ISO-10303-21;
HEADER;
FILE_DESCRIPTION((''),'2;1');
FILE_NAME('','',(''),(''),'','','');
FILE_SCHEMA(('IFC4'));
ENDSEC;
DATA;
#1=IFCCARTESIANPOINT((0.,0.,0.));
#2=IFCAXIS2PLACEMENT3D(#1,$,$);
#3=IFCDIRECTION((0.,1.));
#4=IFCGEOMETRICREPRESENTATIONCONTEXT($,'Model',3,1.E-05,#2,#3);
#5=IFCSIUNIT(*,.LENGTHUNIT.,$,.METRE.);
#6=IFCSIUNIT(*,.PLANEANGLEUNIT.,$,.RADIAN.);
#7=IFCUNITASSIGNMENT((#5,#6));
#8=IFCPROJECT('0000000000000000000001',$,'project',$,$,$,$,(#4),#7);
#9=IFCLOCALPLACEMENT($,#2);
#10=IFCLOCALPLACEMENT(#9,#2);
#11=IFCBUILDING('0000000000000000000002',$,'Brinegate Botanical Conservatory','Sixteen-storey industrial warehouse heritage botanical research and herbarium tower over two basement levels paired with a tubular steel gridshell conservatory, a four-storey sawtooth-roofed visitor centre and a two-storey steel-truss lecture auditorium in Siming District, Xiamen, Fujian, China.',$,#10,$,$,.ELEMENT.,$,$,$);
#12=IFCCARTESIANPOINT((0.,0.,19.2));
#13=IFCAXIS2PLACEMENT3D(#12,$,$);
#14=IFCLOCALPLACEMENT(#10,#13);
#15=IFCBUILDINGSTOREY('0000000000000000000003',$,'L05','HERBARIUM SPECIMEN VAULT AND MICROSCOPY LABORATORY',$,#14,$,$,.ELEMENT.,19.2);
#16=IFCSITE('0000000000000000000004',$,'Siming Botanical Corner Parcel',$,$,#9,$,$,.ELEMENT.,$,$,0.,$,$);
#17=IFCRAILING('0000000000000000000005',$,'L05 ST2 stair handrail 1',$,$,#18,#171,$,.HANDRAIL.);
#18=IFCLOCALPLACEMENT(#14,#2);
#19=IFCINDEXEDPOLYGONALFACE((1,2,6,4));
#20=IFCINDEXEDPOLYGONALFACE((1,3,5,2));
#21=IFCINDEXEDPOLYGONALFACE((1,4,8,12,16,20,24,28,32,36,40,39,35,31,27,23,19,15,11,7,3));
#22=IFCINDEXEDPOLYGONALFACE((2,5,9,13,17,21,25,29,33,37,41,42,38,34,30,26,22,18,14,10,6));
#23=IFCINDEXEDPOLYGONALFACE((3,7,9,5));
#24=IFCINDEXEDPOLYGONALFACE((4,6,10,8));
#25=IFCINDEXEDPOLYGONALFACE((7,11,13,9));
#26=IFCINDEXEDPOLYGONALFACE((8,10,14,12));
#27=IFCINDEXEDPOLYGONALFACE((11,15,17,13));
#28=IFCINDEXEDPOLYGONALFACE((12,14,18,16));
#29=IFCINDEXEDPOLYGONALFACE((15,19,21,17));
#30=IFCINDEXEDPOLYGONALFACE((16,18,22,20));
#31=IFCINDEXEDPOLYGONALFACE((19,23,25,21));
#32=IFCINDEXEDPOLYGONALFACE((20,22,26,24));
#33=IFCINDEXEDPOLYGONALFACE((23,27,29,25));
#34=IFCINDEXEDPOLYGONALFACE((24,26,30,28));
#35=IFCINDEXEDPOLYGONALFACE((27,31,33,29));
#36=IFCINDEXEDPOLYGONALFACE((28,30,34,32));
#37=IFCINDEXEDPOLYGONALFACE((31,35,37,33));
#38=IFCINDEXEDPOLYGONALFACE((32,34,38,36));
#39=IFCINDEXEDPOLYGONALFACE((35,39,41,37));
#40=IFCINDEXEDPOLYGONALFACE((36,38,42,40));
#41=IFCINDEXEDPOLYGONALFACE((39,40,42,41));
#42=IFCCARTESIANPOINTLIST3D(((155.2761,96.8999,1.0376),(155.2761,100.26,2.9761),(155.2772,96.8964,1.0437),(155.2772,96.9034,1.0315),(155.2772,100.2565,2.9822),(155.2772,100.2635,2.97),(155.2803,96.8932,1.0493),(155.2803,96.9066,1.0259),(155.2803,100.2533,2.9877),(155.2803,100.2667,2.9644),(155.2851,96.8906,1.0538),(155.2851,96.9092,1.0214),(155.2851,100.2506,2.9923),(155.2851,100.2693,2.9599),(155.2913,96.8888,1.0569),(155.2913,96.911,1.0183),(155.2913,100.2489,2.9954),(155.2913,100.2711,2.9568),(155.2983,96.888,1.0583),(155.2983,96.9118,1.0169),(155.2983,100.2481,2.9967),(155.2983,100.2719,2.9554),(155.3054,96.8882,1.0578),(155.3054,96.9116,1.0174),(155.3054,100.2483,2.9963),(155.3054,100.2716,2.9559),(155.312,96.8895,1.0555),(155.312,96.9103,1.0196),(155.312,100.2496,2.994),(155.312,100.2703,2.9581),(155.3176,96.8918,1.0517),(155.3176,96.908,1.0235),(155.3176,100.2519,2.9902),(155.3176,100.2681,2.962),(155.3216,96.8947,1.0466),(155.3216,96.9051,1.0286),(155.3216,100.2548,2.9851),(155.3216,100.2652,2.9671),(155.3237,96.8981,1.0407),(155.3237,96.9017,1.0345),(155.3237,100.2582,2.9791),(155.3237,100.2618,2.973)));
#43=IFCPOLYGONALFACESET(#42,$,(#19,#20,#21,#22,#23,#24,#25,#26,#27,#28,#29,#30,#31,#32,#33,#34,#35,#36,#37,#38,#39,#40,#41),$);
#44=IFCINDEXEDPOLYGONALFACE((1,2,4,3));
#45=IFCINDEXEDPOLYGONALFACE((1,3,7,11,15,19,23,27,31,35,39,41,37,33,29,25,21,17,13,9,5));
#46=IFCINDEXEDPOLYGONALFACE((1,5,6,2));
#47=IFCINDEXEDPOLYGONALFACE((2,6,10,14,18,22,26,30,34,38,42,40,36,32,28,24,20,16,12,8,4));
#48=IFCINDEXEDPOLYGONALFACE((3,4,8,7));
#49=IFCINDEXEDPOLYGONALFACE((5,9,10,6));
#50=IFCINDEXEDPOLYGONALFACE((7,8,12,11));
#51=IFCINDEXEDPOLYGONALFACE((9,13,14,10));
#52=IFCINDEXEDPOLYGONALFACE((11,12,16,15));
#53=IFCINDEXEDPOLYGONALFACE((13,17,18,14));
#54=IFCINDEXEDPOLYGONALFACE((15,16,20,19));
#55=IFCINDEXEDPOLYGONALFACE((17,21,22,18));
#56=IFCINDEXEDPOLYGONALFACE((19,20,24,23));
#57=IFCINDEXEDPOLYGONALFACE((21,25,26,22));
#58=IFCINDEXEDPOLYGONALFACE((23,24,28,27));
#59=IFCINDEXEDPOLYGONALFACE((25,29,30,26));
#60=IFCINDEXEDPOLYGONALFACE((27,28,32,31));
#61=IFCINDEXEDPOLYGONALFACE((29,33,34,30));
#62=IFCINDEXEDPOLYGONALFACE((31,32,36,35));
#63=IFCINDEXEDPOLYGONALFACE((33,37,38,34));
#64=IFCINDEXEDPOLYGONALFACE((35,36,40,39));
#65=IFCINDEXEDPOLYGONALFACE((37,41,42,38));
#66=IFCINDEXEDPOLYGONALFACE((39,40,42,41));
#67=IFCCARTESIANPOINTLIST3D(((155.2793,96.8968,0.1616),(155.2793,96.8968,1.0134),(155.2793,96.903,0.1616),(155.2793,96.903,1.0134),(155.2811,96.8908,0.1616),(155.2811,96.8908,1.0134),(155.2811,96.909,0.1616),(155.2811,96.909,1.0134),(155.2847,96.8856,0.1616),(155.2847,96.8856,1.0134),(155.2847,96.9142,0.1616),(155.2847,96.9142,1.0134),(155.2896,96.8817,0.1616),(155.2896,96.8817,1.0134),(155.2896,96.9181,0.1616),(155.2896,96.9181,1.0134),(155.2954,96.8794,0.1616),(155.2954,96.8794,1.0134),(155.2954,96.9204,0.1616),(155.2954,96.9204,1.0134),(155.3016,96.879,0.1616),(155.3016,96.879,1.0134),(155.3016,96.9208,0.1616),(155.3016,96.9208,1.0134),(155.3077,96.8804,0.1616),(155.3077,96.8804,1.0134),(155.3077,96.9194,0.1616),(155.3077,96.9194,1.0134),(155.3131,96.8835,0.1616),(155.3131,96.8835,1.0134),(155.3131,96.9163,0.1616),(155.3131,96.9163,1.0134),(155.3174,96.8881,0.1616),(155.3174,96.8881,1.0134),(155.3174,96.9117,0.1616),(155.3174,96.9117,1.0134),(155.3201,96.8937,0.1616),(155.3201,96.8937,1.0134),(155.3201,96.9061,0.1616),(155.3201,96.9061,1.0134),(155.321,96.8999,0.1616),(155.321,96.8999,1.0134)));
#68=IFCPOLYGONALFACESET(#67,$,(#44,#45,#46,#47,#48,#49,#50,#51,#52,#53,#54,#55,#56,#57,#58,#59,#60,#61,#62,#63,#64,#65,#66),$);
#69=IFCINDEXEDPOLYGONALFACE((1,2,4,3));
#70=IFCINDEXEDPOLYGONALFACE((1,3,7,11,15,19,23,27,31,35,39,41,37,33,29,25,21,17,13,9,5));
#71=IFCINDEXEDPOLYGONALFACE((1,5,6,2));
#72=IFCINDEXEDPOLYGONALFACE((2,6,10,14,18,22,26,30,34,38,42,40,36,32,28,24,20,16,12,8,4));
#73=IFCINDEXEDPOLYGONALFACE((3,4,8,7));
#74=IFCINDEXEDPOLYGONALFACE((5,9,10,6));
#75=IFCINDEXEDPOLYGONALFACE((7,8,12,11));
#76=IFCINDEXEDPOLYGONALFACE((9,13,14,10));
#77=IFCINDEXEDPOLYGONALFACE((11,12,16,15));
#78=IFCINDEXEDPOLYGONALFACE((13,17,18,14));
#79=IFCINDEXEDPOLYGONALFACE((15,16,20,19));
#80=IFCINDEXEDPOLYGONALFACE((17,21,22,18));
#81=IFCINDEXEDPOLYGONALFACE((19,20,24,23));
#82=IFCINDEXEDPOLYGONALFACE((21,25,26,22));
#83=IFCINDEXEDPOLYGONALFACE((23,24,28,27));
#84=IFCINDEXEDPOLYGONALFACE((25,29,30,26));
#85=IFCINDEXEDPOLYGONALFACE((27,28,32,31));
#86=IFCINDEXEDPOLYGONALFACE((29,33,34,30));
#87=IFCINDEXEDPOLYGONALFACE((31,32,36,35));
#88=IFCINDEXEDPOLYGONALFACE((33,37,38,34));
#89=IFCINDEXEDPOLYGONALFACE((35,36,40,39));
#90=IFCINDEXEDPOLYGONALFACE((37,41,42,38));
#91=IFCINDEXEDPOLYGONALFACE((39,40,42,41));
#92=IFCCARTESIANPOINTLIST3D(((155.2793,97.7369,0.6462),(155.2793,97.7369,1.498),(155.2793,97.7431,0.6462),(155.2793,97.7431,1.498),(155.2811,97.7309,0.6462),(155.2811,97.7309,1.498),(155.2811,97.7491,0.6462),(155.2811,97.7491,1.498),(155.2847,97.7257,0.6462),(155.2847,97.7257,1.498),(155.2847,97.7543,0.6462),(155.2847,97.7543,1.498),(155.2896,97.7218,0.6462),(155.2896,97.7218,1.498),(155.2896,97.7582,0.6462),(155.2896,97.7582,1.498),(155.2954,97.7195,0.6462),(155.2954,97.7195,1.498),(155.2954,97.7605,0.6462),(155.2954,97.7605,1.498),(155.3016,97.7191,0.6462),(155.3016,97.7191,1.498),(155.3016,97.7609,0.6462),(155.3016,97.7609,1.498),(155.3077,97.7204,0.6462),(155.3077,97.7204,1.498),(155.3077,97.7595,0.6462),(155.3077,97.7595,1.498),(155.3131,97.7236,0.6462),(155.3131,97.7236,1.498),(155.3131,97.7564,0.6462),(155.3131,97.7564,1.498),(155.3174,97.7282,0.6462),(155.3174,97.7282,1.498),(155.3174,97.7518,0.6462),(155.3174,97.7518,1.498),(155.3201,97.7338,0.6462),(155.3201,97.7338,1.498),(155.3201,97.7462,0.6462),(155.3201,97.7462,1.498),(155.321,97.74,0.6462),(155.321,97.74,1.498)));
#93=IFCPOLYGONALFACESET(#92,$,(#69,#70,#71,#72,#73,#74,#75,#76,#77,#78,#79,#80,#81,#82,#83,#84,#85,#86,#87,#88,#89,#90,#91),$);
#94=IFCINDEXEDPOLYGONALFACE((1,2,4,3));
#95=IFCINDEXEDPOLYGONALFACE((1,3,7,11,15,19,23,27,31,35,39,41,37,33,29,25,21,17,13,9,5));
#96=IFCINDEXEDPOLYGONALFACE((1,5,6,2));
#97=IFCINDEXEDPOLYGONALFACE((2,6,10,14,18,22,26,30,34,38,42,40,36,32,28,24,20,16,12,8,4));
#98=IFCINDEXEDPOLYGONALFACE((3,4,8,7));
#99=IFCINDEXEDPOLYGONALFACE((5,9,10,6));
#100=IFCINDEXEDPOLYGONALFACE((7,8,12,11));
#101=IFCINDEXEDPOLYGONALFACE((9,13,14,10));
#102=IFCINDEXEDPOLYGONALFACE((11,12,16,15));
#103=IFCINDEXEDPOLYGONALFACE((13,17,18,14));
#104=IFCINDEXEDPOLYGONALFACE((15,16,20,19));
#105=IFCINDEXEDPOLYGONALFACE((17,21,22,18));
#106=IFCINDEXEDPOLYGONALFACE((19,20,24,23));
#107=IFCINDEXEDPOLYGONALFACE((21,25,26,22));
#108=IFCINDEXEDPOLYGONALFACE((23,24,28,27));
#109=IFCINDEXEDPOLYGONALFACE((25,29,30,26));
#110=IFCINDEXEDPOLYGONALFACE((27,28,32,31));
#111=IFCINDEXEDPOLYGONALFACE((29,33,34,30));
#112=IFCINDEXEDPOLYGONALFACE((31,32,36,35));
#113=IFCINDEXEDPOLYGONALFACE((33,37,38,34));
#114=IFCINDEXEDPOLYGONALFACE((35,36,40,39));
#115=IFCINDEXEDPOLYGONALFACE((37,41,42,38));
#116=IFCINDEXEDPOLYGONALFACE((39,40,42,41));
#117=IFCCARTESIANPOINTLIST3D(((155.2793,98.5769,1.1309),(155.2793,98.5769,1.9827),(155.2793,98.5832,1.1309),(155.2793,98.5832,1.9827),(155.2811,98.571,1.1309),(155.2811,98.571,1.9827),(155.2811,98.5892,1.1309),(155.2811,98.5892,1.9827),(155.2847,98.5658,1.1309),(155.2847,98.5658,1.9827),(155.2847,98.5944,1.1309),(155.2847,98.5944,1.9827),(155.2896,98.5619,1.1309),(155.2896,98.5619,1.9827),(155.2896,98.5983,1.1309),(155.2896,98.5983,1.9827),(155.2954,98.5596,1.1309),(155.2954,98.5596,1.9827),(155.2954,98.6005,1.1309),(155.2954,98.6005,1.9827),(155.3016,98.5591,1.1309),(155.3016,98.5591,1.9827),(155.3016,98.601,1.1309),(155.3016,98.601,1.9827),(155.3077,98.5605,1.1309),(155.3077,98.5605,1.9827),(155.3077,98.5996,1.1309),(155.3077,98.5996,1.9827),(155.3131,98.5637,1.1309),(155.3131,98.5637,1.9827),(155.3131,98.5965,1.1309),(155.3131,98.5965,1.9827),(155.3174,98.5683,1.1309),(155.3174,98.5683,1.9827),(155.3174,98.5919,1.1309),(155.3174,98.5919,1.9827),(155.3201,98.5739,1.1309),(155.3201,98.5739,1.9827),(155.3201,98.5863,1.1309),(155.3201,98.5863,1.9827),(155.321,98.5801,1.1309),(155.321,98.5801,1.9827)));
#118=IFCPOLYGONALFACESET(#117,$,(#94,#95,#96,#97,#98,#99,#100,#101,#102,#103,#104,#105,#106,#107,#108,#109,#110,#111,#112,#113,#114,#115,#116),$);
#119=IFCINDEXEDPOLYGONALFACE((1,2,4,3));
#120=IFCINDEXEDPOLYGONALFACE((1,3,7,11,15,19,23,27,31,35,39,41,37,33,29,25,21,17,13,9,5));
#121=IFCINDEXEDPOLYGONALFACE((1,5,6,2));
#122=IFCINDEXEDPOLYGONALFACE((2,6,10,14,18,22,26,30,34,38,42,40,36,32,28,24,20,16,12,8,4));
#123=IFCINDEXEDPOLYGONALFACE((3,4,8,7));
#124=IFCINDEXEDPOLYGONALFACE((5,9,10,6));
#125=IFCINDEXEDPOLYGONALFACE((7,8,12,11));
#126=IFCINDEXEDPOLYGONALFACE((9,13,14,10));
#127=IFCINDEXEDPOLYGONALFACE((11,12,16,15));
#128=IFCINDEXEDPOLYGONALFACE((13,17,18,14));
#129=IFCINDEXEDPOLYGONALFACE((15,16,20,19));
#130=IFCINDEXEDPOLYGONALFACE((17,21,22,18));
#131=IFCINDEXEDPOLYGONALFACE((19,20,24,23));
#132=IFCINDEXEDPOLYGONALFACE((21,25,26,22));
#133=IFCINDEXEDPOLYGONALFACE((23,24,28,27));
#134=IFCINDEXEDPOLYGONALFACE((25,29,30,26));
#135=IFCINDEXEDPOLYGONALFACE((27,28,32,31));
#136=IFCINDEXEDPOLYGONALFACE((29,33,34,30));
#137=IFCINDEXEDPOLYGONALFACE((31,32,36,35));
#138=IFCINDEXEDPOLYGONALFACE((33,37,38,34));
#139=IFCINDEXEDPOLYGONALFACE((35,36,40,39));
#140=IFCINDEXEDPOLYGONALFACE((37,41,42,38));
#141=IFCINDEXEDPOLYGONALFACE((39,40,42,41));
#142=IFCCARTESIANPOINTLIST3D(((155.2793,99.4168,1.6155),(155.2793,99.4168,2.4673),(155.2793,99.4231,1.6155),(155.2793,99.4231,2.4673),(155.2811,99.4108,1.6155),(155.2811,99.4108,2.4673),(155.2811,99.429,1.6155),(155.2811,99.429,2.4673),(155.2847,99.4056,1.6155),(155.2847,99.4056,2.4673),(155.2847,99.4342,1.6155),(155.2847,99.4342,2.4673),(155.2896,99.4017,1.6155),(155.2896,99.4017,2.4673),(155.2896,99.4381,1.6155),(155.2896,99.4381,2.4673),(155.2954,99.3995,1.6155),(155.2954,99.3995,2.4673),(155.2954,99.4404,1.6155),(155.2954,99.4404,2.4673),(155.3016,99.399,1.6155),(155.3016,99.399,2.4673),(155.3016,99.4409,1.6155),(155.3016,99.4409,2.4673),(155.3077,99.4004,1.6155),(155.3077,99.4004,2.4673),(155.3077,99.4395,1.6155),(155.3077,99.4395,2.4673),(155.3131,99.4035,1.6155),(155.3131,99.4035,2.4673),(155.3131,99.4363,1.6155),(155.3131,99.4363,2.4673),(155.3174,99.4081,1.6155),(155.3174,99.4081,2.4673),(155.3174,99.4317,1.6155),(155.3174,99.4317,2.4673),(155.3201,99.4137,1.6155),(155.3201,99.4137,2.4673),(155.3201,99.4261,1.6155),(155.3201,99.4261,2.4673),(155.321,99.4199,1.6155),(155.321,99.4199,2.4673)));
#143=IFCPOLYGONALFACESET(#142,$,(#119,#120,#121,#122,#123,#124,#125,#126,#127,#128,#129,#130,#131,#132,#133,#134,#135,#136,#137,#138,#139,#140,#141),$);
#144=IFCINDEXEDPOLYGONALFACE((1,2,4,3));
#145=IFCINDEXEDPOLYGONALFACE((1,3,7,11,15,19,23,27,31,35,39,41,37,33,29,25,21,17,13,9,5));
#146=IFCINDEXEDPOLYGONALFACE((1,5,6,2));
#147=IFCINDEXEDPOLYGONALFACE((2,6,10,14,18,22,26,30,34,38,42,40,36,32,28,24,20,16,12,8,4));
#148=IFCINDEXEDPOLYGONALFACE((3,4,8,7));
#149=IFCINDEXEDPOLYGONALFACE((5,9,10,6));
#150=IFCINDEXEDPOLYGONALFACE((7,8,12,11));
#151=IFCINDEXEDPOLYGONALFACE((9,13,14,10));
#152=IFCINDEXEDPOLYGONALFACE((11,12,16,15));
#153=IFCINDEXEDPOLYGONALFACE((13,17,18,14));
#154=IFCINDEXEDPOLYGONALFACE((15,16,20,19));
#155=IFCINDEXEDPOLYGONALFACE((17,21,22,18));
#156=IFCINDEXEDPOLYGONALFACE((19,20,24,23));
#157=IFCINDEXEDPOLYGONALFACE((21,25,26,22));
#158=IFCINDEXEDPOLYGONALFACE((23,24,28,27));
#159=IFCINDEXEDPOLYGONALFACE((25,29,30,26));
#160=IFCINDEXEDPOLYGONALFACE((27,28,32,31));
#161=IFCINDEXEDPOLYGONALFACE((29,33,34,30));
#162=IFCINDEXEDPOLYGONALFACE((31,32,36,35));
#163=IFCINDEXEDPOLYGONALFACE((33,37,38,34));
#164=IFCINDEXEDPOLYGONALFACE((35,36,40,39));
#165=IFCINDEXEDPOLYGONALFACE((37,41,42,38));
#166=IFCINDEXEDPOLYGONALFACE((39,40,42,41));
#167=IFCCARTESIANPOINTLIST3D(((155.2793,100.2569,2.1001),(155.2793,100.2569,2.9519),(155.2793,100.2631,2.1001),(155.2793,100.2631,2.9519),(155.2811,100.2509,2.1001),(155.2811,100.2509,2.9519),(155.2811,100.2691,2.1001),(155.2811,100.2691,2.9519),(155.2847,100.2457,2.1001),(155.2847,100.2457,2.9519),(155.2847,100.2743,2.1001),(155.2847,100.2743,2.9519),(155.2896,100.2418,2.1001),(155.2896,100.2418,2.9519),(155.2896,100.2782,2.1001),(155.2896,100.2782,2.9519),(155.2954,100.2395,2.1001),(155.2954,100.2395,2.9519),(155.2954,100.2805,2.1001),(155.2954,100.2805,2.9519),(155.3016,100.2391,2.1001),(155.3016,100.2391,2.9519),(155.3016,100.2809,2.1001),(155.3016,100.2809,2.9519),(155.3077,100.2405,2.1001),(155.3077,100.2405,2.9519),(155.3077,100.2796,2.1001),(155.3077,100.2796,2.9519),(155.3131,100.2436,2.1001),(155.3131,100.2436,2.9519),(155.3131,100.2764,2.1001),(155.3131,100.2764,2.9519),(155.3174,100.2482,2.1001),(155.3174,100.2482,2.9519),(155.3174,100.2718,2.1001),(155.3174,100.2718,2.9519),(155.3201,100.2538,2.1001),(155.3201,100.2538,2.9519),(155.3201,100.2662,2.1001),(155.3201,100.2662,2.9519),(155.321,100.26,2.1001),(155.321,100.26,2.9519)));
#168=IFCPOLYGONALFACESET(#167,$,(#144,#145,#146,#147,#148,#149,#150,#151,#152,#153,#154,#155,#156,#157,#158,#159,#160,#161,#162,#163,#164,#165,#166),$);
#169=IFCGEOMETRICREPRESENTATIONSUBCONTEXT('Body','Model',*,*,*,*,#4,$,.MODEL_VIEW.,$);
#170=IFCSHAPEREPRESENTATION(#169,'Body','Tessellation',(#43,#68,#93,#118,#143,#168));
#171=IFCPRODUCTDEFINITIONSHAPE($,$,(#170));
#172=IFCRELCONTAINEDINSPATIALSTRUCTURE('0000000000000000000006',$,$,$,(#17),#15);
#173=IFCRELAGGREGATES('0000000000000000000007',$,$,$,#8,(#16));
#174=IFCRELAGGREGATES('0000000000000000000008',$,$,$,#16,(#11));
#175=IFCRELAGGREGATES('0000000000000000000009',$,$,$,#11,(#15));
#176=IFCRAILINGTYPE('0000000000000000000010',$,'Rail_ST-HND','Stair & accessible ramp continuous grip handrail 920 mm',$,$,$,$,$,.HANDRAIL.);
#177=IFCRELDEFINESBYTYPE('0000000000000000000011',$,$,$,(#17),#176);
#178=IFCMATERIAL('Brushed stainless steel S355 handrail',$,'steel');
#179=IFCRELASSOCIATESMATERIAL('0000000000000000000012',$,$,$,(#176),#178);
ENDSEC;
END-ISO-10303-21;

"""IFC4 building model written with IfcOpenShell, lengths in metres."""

from ifc_helpers import new_model, si_unit, direction, frame, origin, origin_2d, place, context, subcontext, project, spatial, circle, extrude, material, type_object, element, save


model = new_model("IFC4")

# Units and contexts
model_context = context("Model", 3, precision=1e-05, world=origin(), true_north=direction((0.0, 1.0)))
body_context = subcontext(model_context, "Body", "Model", "MODEL_VIEW")
ifc_project = project(units=[si_unit("LENGTHUNIT", "METRE"), si_unit("PLANEANGLEUNIT", "RADIAN")], contexts=[model_context])

# Site, building, storey
site_placement = place(None, origin())
site = spatial("IfcSite", under=ifc_project, at=site_placement, Name="Siming Botanical Corner Parcel", CompositionType="ELEMENT", RefElevation=0.0)
building_placement = place(site_placement, origin())
building = spatial("IfcBuilding", under=site, at=building_placement, Name="Brinegate Botanical Conservatory", Description="Sixteen-storey industrial warehouse heritage botanical research and herbarium tower over two basement levels paired with a tubular steel gridshell conservatory, a four-storey sawtooth-roofed visitor centre and a two-storey steel-truss lecture auditorium in Siming District, Xiamen, Fujian, China.", CompositionType="ELEMENT")
storey_placement = place(building_placement, frame((0.0, 0.0, 19.2)))
storey = spatial("IfcBuildingStorey", under=building, at=storey_placement, Name="L05", Description="HERBARIUM SPECIMEN VAULT AND MICROSCOPY LABORATORY", CompositionType="ELEMENT", Elevation=19.2)

# Railing
ifc_material_1 = material(Name="Brushed stainless steel S355 handrail", Category="steel")
railing_type_1 = type_object("IfcRailingType", Name="Rail_ST-HND", Description="Stair & accessible ramp continuous grip handrail 920 mm", PredefinedType="HANDRAIL", material=ifc_material_1)
railing_1_placement = place(storey_placement, frame((155.3, 96.8999, 0.1616)))
element("IfcRailing", 1, at=railing_1_placement, inside=storey, type_object=railing_type_1, Name="L05 ST2 stair handrail 1", PredefinedType="HANDRAIL", context=body_context, shape_type="SweptSolid", body=[
    extrude(circle(Radius=0.0239, at=origin_2d()), frame((0.0, 0.0, 0.876), z_axis=(0.0, 0.866191, 0.499713), x_axis=(-1.0, 0.0, 0.0)), (0.0, 0.0, 1.0), 3.8792),
    extrude(circle(Radius=0.021, at=origin_2d()), origin(), (0.0, 0.0, 1.0), 0.8518),
    extrude(circle(Radius=0.021, at=origin_2d()), frame((0.0, 0.8401, 0.4846)), (0.0, 0.0, 1.0), 0.8518),
    extrude(circle(Radius=0.021, at=origin_2d()), frame((0.0, 1.6802, 0.9692)), (0.0, 0.0, 1.0), 0.8518),
    extrude(circle(Radius=0.021, at=origin_2d()), frame((0.0, 2.52, 1.4539)), (0.0, 0.0, 1.0), 0.8518),
    extrude(circle(Radius=0.021, at=origin_2d()), frame((0.0, 3.3601, 1.9385)), (0.0, 0.0, 1.0), 0.8518),
])

save(model, "model.ifc")
